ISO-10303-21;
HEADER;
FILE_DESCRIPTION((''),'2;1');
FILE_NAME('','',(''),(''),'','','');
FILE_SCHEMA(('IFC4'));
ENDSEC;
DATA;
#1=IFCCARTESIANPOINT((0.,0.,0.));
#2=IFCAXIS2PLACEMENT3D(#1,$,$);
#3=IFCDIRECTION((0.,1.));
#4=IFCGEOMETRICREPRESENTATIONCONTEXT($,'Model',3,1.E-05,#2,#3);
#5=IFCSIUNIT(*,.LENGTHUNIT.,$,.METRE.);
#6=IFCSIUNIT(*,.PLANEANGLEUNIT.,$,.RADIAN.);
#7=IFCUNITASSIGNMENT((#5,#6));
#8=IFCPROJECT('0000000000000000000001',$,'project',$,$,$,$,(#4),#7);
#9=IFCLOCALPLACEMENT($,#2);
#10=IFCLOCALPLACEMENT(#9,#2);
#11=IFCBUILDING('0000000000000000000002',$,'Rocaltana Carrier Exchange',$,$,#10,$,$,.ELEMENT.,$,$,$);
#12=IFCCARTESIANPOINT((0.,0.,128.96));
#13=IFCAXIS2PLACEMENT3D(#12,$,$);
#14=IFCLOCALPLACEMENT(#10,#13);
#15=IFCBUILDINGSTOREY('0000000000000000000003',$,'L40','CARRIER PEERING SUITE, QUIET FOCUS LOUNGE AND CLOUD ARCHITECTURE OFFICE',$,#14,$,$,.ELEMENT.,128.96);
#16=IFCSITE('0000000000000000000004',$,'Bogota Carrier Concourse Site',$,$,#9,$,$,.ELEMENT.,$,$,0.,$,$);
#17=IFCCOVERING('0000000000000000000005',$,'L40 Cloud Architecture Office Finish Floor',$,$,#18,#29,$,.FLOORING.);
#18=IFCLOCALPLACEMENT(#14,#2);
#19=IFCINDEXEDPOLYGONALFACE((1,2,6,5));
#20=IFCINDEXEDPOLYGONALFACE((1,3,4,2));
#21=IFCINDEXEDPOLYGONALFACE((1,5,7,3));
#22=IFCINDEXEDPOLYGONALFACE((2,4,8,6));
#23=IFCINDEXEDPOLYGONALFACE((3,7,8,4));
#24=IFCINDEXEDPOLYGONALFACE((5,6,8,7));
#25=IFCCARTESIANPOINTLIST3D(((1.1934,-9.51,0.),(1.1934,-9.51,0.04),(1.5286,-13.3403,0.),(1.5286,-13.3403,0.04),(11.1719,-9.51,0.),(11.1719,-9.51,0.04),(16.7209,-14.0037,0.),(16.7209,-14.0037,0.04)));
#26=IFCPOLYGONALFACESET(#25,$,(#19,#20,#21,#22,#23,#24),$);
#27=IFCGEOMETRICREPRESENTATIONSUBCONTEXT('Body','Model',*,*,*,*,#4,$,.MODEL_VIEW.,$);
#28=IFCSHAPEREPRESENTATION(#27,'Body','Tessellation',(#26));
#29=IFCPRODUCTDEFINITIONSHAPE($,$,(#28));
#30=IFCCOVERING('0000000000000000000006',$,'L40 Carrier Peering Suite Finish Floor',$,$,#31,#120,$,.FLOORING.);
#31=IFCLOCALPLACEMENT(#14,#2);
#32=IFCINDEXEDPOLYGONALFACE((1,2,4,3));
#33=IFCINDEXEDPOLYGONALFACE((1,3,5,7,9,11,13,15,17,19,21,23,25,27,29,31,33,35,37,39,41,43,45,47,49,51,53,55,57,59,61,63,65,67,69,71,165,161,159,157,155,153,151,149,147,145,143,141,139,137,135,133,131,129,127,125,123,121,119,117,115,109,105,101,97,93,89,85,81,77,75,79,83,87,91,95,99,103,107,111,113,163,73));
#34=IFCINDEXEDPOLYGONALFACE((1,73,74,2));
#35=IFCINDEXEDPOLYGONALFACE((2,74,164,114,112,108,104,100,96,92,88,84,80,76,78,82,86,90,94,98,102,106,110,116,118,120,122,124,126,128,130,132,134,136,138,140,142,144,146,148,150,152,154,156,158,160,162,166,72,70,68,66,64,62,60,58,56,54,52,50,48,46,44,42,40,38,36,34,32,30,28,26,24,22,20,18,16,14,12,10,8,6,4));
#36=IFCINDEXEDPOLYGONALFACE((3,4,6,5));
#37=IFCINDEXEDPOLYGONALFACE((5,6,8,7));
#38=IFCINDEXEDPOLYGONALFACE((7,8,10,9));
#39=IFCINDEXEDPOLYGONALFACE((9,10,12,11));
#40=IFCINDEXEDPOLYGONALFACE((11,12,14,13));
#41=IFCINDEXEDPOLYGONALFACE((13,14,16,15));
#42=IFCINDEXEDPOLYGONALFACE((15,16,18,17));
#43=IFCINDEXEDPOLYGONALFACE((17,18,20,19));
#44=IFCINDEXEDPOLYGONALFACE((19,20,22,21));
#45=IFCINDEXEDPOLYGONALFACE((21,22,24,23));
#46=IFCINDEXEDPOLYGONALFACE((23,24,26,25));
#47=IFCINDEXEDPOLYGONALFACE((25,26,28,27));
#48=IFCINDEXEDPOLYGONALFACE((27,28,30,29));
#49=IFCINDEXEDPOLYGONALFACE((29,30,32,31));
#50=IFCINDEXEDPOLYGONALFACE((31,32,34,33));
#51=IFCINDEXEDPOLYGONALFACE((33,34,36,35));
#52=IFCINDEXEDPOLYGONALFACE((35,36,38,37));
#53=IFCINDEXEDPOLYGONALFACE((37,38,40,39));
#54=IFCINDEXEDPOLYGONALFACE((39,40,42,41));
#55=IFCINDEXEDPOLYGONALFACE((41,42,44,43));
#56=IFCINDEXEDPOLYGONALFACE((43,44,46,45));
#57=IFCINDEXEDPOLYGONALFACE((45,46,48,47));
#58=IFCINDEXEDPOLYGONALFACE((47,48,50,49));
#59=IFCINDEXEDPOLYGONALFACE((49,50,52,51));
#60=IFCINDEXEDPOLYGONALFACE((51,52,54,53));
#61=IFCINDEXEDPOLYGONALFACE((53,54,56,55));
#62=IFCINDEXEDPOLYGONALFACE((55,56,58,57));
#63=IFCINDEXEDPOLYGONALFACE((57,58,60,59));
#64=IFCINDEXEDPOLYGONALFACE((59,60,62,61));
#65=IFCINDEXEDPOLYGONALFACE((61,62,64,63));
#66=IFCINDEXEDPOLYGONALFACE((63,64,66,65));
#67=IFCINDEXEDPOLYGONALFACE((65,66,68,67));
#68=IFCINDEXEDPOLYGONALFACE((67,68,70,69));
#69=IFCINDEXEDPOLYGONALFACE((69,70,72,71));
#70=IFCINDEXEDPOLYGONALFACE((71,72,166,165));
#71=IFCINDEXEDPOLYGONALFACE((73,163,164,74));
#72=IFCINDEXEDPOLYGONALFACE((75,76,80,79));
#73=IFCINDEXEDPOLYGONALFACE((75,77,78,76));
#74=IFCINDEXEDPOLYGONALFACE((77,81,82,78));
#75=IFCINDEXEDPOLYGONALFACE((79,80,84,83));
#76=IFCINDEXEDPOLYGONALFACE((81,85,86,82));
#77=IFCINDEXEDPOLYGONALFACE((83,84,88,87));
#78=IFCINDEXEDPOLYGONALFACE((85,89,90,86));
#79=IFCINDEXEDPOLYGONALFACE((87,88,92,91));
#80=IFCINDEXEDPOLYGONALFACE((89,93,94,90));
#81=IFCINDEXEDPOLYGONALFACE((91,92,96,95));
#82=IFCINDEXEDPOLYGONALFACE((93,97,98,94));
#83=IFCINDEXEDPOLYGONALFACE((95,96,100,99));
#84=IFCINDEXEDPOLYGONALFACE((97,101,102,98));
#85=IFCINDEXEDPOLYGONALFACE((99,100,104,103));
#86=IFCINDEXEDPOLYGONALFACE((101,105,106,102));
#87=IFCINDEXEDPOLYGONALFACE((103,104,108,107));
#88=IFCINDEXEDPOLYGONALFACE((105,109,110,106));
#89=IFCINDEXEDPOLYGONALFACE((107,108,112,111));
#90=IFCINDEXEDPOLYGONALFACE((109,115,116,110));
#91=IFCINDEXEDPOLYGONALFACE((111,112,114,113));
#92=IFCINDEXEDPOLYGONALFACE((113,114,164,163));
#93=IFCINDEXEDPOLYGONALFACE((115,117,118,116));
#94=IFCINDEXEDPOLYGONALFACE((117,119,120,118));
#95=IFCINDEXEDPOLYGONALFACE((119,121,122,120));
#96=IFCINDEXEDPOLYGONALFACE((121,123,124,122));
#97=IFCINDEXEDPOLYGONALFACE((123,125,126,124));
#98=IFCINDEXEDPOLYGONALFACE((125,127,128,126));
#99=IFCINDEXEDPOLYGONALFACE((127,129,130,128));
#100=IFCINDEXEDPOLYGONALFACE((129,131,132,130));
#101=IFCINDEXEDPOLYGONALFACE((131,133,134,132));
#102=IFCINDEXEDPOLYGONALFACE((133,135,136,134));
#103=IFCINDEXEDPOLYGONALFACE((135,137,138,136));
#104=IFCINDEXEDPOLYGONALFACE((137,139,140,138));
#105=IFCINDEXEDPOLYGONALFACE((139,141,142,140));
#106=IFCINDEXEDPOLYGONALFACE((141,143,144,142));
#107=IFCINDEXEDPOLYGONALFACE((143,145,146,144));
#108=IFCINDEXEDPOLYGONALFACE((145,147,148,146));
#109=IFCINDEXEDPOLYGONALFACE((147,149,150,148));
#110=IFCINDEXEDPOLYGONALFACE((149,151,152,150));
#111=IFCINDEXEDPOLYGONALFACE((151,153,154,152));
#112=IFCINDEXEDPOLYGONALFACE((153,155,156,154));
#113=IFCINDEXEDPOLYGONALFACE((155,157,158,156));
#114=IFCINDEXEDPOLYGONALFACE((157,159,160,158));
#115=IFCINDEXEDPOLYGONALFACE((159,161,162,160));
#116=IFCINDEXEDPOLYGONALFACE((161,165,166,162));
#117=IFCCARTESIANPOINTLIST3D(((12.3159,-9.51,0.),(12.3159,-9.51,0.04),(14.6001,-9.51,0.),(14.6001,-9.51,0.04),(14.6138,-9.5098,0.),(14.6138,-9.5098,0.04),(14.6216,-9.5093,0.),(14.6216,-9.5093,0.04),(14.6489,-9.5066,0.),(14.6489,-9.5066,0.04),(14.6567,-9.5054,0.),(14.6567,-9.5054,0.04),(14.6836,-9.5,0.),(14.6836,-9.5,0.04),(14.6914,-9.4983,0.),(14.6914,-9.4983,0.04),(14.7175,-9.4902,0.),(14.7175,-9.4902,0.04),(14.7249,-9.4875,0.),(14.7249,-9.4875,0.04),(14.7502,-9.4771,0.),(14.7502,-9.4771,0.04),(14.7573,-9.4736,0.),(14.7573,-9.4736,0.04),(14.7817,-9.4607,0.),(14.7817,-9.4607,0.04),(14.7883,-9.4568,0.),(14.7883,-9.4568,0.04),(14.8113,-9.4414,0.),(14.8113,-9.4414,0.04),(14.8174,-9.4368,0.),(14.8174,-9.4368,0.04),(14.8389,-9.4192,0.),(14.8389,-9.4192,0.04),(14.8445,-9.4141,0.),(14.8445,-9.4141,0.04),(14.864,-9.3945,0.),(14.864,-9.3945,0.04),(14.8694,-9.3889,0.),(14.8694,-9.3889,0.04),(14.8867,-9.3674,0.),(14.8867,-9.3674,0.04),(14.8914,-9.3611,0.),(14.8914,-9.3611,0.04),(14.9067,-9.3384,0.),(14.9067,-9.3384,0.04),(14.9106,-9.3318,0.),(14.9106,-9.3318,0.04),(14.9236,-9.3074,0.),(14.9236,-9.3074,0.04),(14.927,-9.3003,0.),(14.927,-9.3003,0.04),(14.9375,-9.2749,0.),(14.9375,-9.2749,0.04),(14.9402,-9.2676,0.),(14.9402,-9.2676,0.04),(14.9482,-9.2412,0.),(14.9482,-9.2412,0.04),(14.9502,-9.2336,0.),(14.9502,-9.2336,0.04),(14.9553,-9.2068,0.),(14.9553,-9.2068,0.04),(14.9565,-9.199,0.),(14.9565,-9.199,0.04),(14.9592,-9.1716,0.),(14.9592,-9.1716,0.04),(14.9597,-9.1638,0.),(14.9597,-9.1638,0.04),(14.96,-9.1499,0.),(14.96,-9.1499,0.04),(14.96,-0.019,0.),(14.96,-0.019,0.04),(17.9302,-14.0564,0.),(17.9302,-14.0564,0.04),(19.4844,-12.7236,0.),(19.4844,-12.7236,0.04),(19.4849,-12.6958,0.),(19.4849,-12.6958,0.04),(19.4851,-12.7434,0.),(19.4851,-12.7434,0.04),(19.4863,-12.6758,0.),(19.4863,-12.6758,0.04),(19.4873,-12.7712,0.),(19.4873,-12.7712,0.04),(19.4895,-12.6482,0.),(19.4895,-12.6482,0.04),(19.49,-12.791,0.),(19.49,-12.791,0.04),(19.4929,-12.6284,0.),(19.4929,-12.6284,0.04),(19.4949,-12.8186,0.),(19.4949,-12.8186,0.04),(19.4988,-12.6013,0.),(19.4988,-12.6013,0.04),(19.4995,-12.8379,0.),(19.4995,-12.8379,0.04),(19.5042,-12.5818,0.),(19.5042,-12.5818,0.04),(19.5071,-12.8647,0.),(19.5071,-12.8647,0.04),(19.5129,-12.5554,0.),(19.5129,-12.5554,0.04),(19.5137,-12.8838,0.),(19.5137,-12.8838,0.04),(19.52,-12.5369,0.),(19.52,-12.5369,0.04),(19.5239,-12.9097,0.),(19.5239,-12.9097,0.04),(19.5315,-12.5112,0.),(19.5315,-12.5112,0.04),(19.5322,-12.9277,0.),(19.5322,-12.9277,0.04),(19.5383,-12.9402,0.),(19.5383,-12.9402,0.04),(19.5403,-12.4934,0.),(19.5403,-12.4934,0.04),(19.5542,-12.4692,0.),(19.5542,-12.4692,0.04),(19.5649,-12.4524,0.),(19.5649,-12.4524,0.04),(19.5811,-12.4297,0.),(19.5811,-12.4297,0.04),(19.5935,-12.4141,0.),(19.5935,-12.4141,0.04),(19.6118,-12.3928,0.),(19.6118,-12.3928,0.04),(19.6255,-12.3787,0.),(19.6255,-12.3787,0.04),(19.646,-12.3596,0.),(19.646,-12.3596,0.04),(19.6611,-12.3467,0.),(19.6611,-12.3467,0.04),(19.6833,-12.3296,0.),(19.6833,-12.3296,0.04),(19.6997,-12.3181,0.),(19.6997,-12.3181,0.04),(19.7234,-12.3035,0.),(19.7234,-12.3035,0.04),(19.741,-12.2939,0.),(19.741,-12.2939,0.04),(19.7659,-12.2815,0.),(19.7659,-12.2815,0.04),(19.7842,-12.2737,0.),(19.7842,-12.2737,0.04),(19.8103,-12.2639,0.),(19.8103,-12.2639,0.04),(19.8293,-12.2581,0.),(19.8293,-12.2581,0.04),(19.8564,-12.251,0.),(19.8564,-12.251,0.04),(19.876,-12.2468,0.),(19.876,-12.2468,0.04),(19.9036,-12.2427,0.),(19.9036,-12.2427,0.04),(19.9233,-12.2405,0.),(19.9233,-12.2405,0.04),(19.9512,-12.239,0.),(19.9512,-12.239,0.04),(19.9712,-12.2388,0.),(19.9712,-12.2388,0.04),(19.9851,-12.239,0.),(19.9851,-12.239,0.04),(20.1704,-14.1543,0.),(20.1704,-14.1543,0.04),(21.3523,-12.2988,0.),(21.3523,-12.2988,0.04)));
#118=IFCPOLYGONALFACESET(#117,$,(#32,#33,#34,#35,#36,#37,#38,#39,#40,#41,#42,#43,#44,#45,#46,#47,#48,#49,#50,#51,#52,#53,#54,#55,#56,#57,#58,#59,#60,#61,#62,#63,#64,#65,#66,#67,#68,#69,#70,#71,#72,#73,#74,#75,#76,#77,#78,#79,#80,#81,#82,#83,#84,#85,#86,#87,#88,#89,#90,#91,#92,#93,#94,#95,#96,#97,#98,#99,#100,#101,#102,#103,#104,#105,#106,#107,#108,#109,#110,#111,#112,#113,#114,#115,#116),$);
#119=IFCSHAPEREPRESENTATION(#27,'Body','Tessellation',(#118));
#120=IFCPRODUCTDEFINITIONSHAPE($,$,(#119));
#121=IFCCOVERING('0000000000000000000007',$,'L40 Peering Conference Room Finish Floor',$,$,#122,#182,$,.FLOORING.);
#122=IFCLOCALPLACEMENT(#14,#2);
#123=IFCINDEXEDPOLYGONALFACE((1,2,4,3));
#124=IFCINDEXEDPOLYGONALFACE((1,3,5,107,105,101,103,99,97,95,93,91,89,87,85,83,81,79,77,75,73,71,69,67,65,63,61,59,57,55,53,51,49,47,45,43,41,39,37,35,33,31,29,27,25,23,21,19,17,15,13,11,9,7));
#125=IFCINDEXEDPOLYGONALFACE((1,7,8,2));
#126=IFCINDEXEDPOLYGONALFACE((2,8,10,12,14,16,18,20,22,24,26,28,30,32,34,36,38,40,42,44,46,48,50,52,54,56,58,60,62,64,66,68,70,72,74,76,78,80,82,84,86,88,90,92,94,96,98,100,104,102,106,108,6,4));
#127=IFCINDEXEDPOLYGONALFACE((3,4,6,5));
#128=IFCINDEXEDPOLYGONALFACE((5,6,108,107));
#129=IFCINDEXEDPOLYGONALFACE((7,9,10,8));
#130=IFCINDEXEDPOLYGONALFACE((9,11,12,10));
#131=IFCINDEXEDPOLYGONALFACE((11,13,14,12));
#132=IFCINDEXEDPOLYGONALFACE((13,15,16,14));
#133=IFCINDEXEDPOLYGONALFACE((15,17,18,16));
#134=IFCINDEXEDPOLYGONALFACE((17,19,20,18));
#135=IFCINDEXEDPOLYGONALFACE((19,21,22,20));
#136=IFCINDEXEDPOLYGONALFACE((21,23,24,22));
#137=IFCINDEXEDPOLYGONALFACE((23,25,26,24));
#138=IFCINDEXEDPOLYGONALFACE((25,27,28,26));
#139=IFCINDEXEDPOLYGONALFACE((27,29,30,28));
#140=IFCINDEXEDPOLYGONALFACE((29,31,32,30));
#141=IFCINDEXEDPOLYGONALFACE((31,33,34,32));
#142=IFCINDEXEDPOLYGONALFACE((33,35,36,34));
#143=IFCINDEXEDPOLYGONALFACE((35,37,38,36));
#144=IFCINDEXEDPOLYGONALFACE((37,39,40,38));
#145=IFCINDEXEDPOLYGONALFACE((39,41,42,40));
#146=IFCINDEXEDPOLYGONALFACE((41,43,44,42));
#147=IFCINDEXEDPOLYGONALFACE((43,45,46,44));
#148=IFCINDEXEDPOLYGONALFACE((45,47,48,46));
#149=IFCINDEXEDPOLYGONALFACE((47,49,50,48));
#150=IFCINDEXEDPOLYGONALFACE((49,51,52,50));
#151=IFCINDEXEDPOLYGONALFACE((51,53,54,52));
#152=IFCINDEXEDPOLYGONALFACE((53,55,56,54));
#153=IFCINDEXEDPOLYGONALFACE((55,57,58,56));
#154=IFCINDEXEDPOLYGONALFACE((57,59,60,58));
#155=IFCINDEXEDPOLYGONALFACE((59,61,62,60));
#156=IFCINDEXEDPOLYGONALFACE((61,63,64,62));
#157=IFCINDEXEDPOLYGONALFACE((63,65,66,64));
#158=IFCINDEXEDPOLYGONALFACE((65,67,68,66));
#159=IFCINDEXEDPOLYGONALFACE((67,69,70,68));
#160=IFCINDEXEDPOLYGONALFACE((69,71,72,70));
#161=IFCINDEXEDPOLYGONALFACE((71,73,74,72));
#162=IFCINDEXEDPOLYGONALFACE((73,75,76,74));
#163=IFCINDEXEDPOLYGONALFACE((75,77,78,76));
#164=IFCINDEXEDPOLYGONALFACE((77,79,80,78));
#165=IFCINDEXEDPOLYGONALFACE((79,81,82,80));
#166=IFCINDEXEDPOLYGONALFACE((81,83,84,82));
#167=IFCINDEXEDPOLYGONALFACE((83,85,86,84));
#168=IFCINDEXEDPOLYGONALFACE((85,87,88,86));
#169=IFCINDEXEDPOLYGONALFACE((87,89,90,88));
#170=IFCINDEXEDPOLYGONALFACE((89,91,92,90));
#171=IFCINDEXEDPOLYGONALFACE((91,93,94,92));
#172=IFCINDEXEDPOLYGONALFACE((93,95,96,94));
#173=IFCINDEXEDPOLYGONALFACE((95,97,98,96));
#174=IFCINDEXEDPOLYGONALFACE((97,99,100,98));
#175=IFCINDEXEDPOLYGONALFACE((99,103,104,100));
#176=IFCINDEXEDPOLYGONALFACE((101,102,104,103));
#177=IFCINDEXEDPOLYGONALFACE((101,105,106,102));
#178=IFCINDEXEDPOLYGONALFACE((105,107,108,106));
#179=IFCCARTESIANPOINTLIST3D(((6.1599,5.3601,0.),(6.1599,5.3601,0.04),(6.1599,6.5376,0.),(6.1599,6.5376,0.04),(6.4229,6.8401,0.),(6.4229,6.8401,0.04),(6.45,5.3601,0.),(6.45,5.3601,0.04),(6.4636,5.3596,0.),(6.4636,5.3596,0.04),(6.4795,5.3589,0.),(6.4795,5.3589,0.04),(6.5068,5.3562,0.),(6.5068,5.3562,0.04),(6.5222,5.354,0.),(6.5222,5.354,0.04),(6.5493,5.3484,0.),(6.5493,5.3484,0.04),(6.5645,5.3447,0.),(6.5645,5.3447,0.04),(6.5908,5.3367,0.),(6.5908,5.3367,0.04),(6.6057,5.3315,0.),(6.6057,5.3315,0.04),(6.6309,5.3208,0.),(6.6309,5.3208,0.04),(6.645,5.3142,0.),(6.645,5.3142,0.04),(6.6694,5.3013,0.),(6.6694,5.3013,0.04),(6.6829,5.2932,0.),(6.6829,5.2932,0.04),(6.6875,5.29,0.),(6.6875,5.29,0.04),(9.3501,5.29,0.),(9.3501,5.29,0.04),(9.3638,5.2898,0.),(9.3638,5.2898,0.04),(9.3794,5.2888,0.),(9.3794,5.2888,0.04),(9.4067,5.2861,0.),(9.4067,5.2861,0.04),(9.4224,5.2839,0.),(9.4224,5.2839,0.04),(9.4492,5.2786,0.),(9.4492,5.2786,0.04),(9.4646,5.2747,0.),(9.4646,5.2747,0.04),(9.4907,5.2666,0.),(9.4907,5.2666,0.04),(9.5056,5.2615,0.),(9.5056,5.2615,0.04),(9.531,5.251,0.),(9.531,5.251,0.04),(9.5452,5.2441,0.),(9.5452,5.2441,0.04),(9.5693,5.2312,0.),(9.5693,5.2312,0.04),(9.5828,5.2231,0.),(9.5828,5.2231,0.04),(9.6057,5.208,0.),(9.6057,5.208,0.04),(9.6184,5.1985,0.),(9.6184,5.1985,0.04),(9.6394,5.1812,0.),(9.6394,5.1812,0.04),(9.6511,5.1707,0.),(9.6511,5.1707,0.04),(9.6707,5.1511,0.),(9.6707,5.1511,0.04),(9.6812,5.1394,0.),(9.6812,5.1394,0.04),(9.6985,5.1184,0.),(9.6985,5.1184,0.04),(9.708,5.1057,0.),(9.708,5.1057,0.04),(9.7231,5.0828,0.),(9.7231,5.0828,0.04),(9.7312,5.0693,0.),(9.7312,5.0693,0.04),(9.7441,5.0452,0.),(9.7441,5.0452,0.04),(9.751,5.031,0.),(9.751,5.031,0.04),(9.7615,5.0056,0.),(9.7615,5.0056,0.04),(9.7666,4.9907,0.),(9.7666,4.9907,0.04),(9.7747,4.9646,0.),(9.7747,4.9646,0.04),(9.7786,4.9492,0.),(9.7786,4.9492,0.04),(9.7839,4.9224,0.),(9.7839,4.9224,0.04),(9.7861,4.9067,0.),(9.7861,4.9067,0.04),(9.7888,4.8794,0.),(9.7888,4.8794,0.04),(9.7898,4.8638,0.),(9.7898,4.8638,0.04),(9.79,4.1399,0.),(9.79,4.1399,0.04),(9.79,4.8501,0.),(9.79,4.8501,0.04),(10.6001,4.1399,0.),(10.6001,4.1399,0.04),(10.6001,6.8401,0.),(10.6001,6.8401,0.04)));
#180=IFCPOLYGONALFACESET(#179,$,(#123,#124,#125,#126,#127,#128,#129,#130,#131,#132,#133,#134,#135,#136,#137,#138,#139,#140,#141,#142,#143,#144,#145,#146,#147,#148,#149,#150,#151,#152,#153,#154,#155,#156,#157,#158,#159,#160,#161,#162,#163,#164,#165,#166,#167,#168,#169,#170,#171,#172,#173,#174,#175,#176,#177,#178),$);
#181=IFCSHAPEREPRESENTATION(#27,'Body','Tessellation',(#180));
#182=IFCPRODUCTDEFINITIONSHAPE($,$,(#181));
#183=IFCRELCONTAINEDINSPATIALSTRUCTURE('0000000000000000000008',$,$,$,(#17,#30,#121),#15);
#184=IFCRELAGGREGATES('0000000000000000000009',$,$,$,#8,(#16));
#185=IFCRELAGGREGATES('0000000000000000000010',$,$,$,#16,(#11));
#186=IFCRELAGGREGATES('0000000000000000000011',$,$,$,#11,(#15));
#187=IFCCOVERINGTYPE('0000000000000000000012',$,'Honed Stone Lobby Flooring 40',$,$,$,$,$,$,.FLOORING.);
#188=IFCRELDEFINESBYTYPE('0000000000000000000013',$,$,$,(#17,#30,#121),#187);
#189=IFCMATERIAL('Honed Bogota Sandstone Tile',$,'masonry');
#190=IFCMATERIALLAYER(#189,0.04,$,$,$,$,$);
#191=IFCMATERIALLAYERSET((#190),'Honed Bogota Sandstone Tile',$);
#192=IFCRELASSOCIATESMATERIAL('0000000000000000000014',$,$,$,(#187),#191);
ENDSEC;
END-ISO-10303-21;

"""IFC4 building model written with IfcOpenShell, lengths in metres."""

from ifc_helpers import new_model, si_unit, direction, frame, origin, place, context, subcontext, project, spatial, polyline, outline, extrude, material, layer, layer_set, type_object, element, save


model = new_model("IFC4")

# Units and contexts
model_context = context("Model", 3, precision=1e-05, world=origin(), true_north=direction((0.0, 1.0)))
body_context = subcontext(model_context, "Body", "Model", "MODEL_VIEW")
ifc_project = project(units=[si_unit("LENGTHUNIT", "METRE"), si_unit("PLANEANGLEUNIT", "RADIAN")], contexts=[model_context])

# Site, building, storey
site_placement = place(None, origin())
site = spatial("IfcSite", under=ifc_project, at=site_placement, Name="Bogota Carrier Concourse Site", CompositionType="ELEMENT", RefElevation=0.0)
building_placement = place(site_placement, origin())
building = spatial("IfcBuilding", under=site, at=building_placement, Name="Rocaltana Carrier Exchange", CompositionType="ELEMENT")
storey_placement = place(building_placement, frame((0.0, 0.0, 128.96)))
storey = spatial("IfcBuildingStorey", under=building, at=storey_placement, Name="L40", Description="CARRIER PEERING SUITE, QUIET FOCUS LOUNGE AND CLOUD ARCHITECTURE OFFICE", CompositionType="ELEMENT", Elevation=128.96)

# Coverings
ifc_material_1 = material(Name="Honed Bogota Sandstone Tile", Category="masonry")
ifc_layer_1 = layer(ifc_material_1, 0.04)
ifc_layer_set_1 = layer_set([ifc_layer_1], Name="Honed Bogota Sandstone Tile")
covering_type_1 = type_object("IfcCoveringType", Name="Honed Stone Lobby Flooring 40", PredefinedType="FLOORING", material=ifc_layer_set_1)
covering_1_placement = place(storey_placement, origin())
element("IfcCovering", 1, at=covering_1_placement, inside=storey, type_object=covering_type_1, Name="L40 Cloud Architecture Office Finish Floor", PredefinedType="FLOORING", context=body_context, shape_type="SweptSolid", body=[
    extrude(outline(polyline([(1.5286, -13.3403), (1.1934, -9.51), (11.1719, -9.51), (16.7209, -14.0037), (1.5286, -13.3403)])), origin(), (0.0, 0.0, 1.0), 0.04),
])
covering_2_placement = place(storey_placement, origin())
element("IfcCovering", 2, at=covering_2_placement, inside=storey, type_object=covering_type_1, Name="L40 Carrier Peering Suite Finish Floor", PredefinedType="FLOORING", context=body_context, shape_type="SweptSolid", body=[
    extrude(outline(polyline([(14.96, -0.019), (21.3523, -12.2988), (19.9851, -12.239), (19.9712, -12.2388), (19.9512, -12.239), (19.9233, -12.2405), (19.9036, -12.2427), (19.876, -12.2468), (19.8564, -12.251), (19.8293, -12.2581), (19.8103, -12.2639), (19.7842, -12.2737), (19.7659, -12.2815), (19.741, -12.2939), (19.7234, -12.3035), (19.6997, -12.3181), (19.6833, -12.3296), (19.6611, -12.3467), (19.646, -12.3596), (19.6255, -12.3787), (19.6118, -12.3928), (19.5935, -12.4141), (19.5811, -12.4297), (19.5649, -12.4524), (19.5542, -12.4692), (19.5403, -12.4934), (19.5315, -12.5112), (19.52, -12.5369), (19.5129, -12.5554), (19.5042, -12.5818), (19.4988, -12.6013), (19.4929, -12.6284), (19.4895, -12.6482), (19.4863, -12.6758), (19.4849, -12.6958), (19.4844, -12.7236), (19.4851, -12.7434), (19.4873, -12.7712), (19.49, -12.791), (19.4949, -12.8186), (19.4995, -12.8379), (19.5071, -12.8647), (19.5137, -12.8838), (19.5239, -12.9097), (19.5322, -12.9277), (19.5383, -12.9402), (20.1704, -14.1543), (17.9302, -14.0564), (12.3159, -9.51), (14.6001, -9.51), (14.6138, -9.5098), (14.6216, -9.5093), (14.6489, -9.5066), (14.6567, -9.5054), (14.6836, -9.5), (14.6914, -9.4983), (14.7175, -9.4902), (14.7249, -9.4875), (14.7502, -9.4771), (14.7573, -9.4736), (14.7817, -9.4607), (14.7883, -9.4568), (14.8113, -9.4414), (14.8174, -9.4368), (14.8389, -9.4192), (14.8445, -9.4141), (14.864, -9.3945), (14.8694, -9.3889), (14.8867, -9.3674), (14.8914, -9.3611), (14.9067, -9.3384), (14.9106, -9.3318), (14.9236, -9.3074), (14.927, -9.3003), (14.9375, -9.2749), (14.9402, -9.2676), (14.9482, -9.2412), (14.9502, -9.2336), (14.9553, -9.2068), (14.9565, -9.199), (14.9592, -9.1716), (14.9597, -9.1638), (14.96, -9.1499), (14.96, -0.019)])), origin(), (0.0, 0.0, 1.0), 0.04),
])
covering_3_placement = place(storey_placement, origin())
element("IfcCovering", 3, at=covering_3_placement, inside=storey, type_object=covering_type_1, Name="L40 Peering Conference Room Finish Floor", PredefinedType="FLOORING", context=body_context, shape_type="SweptSolid", body=[
    extrude(outline(polyline([(6.6875, 5.29), (6.6829, 5.2932), (6.6694, 5.3013), (6.645, 5.3142), (6.6309, 5.3208), (6.6057, 5.3315), (6.5908, 5.3367), (6.5645, 5.3447), (6.5493, 5.3484), (6.5222, 5.354), (6.5068, 5.3562), (6.4795, 5.3589), (6.4636, 5.3596), (6.45, 5.3601), (6.1599, 5.3601), (6.1599, 6.5376), (6.4229, 6.8401), (10.6001, 6.8401), (10.6001, 4.1399), (9.79, 4.1399), (9.79, 4.8501), (9.7898, 4.8638), (9.7888, 4.8794), (9.7861, 4.9067), (9.7839, 4.9224), (9.7786, 4.9492), (9.7747, 4.9646), (9.7666, 4.9907), (9.7615, 5.0056), (9.751, 5.031), (9.7441, 5.0452), (9.7312, 5.0693), (9.7231, 5.0828), (9.708, 5.1057), (9.6985, 5.1184), (9.6812, 5.1394), (9.6707, 5.1511), (9.6511, 5.1707), (9.6394, 5.1812), (9.6184, 5.1985), (9.6057, 5.208), (9.5828, 5.2231), (9.5693, 5.2312), (9.5452, 5.2441), (9.531, 5.251), (9.5056, 5.2615), (9.4907, 5.2666), (9.4646, 5.2747), (9.4492, 5.2786), (9.4224, 5.2839), (9.4067, 5.2861), (9.3794, 5.2888), (9.3638, 5.2898), (9.3501, 5.29), (6.6875, 5.29)])), origin(), (0.0, 0.0, 1.0), 0.04),
])

save(model, "model.ifc")
